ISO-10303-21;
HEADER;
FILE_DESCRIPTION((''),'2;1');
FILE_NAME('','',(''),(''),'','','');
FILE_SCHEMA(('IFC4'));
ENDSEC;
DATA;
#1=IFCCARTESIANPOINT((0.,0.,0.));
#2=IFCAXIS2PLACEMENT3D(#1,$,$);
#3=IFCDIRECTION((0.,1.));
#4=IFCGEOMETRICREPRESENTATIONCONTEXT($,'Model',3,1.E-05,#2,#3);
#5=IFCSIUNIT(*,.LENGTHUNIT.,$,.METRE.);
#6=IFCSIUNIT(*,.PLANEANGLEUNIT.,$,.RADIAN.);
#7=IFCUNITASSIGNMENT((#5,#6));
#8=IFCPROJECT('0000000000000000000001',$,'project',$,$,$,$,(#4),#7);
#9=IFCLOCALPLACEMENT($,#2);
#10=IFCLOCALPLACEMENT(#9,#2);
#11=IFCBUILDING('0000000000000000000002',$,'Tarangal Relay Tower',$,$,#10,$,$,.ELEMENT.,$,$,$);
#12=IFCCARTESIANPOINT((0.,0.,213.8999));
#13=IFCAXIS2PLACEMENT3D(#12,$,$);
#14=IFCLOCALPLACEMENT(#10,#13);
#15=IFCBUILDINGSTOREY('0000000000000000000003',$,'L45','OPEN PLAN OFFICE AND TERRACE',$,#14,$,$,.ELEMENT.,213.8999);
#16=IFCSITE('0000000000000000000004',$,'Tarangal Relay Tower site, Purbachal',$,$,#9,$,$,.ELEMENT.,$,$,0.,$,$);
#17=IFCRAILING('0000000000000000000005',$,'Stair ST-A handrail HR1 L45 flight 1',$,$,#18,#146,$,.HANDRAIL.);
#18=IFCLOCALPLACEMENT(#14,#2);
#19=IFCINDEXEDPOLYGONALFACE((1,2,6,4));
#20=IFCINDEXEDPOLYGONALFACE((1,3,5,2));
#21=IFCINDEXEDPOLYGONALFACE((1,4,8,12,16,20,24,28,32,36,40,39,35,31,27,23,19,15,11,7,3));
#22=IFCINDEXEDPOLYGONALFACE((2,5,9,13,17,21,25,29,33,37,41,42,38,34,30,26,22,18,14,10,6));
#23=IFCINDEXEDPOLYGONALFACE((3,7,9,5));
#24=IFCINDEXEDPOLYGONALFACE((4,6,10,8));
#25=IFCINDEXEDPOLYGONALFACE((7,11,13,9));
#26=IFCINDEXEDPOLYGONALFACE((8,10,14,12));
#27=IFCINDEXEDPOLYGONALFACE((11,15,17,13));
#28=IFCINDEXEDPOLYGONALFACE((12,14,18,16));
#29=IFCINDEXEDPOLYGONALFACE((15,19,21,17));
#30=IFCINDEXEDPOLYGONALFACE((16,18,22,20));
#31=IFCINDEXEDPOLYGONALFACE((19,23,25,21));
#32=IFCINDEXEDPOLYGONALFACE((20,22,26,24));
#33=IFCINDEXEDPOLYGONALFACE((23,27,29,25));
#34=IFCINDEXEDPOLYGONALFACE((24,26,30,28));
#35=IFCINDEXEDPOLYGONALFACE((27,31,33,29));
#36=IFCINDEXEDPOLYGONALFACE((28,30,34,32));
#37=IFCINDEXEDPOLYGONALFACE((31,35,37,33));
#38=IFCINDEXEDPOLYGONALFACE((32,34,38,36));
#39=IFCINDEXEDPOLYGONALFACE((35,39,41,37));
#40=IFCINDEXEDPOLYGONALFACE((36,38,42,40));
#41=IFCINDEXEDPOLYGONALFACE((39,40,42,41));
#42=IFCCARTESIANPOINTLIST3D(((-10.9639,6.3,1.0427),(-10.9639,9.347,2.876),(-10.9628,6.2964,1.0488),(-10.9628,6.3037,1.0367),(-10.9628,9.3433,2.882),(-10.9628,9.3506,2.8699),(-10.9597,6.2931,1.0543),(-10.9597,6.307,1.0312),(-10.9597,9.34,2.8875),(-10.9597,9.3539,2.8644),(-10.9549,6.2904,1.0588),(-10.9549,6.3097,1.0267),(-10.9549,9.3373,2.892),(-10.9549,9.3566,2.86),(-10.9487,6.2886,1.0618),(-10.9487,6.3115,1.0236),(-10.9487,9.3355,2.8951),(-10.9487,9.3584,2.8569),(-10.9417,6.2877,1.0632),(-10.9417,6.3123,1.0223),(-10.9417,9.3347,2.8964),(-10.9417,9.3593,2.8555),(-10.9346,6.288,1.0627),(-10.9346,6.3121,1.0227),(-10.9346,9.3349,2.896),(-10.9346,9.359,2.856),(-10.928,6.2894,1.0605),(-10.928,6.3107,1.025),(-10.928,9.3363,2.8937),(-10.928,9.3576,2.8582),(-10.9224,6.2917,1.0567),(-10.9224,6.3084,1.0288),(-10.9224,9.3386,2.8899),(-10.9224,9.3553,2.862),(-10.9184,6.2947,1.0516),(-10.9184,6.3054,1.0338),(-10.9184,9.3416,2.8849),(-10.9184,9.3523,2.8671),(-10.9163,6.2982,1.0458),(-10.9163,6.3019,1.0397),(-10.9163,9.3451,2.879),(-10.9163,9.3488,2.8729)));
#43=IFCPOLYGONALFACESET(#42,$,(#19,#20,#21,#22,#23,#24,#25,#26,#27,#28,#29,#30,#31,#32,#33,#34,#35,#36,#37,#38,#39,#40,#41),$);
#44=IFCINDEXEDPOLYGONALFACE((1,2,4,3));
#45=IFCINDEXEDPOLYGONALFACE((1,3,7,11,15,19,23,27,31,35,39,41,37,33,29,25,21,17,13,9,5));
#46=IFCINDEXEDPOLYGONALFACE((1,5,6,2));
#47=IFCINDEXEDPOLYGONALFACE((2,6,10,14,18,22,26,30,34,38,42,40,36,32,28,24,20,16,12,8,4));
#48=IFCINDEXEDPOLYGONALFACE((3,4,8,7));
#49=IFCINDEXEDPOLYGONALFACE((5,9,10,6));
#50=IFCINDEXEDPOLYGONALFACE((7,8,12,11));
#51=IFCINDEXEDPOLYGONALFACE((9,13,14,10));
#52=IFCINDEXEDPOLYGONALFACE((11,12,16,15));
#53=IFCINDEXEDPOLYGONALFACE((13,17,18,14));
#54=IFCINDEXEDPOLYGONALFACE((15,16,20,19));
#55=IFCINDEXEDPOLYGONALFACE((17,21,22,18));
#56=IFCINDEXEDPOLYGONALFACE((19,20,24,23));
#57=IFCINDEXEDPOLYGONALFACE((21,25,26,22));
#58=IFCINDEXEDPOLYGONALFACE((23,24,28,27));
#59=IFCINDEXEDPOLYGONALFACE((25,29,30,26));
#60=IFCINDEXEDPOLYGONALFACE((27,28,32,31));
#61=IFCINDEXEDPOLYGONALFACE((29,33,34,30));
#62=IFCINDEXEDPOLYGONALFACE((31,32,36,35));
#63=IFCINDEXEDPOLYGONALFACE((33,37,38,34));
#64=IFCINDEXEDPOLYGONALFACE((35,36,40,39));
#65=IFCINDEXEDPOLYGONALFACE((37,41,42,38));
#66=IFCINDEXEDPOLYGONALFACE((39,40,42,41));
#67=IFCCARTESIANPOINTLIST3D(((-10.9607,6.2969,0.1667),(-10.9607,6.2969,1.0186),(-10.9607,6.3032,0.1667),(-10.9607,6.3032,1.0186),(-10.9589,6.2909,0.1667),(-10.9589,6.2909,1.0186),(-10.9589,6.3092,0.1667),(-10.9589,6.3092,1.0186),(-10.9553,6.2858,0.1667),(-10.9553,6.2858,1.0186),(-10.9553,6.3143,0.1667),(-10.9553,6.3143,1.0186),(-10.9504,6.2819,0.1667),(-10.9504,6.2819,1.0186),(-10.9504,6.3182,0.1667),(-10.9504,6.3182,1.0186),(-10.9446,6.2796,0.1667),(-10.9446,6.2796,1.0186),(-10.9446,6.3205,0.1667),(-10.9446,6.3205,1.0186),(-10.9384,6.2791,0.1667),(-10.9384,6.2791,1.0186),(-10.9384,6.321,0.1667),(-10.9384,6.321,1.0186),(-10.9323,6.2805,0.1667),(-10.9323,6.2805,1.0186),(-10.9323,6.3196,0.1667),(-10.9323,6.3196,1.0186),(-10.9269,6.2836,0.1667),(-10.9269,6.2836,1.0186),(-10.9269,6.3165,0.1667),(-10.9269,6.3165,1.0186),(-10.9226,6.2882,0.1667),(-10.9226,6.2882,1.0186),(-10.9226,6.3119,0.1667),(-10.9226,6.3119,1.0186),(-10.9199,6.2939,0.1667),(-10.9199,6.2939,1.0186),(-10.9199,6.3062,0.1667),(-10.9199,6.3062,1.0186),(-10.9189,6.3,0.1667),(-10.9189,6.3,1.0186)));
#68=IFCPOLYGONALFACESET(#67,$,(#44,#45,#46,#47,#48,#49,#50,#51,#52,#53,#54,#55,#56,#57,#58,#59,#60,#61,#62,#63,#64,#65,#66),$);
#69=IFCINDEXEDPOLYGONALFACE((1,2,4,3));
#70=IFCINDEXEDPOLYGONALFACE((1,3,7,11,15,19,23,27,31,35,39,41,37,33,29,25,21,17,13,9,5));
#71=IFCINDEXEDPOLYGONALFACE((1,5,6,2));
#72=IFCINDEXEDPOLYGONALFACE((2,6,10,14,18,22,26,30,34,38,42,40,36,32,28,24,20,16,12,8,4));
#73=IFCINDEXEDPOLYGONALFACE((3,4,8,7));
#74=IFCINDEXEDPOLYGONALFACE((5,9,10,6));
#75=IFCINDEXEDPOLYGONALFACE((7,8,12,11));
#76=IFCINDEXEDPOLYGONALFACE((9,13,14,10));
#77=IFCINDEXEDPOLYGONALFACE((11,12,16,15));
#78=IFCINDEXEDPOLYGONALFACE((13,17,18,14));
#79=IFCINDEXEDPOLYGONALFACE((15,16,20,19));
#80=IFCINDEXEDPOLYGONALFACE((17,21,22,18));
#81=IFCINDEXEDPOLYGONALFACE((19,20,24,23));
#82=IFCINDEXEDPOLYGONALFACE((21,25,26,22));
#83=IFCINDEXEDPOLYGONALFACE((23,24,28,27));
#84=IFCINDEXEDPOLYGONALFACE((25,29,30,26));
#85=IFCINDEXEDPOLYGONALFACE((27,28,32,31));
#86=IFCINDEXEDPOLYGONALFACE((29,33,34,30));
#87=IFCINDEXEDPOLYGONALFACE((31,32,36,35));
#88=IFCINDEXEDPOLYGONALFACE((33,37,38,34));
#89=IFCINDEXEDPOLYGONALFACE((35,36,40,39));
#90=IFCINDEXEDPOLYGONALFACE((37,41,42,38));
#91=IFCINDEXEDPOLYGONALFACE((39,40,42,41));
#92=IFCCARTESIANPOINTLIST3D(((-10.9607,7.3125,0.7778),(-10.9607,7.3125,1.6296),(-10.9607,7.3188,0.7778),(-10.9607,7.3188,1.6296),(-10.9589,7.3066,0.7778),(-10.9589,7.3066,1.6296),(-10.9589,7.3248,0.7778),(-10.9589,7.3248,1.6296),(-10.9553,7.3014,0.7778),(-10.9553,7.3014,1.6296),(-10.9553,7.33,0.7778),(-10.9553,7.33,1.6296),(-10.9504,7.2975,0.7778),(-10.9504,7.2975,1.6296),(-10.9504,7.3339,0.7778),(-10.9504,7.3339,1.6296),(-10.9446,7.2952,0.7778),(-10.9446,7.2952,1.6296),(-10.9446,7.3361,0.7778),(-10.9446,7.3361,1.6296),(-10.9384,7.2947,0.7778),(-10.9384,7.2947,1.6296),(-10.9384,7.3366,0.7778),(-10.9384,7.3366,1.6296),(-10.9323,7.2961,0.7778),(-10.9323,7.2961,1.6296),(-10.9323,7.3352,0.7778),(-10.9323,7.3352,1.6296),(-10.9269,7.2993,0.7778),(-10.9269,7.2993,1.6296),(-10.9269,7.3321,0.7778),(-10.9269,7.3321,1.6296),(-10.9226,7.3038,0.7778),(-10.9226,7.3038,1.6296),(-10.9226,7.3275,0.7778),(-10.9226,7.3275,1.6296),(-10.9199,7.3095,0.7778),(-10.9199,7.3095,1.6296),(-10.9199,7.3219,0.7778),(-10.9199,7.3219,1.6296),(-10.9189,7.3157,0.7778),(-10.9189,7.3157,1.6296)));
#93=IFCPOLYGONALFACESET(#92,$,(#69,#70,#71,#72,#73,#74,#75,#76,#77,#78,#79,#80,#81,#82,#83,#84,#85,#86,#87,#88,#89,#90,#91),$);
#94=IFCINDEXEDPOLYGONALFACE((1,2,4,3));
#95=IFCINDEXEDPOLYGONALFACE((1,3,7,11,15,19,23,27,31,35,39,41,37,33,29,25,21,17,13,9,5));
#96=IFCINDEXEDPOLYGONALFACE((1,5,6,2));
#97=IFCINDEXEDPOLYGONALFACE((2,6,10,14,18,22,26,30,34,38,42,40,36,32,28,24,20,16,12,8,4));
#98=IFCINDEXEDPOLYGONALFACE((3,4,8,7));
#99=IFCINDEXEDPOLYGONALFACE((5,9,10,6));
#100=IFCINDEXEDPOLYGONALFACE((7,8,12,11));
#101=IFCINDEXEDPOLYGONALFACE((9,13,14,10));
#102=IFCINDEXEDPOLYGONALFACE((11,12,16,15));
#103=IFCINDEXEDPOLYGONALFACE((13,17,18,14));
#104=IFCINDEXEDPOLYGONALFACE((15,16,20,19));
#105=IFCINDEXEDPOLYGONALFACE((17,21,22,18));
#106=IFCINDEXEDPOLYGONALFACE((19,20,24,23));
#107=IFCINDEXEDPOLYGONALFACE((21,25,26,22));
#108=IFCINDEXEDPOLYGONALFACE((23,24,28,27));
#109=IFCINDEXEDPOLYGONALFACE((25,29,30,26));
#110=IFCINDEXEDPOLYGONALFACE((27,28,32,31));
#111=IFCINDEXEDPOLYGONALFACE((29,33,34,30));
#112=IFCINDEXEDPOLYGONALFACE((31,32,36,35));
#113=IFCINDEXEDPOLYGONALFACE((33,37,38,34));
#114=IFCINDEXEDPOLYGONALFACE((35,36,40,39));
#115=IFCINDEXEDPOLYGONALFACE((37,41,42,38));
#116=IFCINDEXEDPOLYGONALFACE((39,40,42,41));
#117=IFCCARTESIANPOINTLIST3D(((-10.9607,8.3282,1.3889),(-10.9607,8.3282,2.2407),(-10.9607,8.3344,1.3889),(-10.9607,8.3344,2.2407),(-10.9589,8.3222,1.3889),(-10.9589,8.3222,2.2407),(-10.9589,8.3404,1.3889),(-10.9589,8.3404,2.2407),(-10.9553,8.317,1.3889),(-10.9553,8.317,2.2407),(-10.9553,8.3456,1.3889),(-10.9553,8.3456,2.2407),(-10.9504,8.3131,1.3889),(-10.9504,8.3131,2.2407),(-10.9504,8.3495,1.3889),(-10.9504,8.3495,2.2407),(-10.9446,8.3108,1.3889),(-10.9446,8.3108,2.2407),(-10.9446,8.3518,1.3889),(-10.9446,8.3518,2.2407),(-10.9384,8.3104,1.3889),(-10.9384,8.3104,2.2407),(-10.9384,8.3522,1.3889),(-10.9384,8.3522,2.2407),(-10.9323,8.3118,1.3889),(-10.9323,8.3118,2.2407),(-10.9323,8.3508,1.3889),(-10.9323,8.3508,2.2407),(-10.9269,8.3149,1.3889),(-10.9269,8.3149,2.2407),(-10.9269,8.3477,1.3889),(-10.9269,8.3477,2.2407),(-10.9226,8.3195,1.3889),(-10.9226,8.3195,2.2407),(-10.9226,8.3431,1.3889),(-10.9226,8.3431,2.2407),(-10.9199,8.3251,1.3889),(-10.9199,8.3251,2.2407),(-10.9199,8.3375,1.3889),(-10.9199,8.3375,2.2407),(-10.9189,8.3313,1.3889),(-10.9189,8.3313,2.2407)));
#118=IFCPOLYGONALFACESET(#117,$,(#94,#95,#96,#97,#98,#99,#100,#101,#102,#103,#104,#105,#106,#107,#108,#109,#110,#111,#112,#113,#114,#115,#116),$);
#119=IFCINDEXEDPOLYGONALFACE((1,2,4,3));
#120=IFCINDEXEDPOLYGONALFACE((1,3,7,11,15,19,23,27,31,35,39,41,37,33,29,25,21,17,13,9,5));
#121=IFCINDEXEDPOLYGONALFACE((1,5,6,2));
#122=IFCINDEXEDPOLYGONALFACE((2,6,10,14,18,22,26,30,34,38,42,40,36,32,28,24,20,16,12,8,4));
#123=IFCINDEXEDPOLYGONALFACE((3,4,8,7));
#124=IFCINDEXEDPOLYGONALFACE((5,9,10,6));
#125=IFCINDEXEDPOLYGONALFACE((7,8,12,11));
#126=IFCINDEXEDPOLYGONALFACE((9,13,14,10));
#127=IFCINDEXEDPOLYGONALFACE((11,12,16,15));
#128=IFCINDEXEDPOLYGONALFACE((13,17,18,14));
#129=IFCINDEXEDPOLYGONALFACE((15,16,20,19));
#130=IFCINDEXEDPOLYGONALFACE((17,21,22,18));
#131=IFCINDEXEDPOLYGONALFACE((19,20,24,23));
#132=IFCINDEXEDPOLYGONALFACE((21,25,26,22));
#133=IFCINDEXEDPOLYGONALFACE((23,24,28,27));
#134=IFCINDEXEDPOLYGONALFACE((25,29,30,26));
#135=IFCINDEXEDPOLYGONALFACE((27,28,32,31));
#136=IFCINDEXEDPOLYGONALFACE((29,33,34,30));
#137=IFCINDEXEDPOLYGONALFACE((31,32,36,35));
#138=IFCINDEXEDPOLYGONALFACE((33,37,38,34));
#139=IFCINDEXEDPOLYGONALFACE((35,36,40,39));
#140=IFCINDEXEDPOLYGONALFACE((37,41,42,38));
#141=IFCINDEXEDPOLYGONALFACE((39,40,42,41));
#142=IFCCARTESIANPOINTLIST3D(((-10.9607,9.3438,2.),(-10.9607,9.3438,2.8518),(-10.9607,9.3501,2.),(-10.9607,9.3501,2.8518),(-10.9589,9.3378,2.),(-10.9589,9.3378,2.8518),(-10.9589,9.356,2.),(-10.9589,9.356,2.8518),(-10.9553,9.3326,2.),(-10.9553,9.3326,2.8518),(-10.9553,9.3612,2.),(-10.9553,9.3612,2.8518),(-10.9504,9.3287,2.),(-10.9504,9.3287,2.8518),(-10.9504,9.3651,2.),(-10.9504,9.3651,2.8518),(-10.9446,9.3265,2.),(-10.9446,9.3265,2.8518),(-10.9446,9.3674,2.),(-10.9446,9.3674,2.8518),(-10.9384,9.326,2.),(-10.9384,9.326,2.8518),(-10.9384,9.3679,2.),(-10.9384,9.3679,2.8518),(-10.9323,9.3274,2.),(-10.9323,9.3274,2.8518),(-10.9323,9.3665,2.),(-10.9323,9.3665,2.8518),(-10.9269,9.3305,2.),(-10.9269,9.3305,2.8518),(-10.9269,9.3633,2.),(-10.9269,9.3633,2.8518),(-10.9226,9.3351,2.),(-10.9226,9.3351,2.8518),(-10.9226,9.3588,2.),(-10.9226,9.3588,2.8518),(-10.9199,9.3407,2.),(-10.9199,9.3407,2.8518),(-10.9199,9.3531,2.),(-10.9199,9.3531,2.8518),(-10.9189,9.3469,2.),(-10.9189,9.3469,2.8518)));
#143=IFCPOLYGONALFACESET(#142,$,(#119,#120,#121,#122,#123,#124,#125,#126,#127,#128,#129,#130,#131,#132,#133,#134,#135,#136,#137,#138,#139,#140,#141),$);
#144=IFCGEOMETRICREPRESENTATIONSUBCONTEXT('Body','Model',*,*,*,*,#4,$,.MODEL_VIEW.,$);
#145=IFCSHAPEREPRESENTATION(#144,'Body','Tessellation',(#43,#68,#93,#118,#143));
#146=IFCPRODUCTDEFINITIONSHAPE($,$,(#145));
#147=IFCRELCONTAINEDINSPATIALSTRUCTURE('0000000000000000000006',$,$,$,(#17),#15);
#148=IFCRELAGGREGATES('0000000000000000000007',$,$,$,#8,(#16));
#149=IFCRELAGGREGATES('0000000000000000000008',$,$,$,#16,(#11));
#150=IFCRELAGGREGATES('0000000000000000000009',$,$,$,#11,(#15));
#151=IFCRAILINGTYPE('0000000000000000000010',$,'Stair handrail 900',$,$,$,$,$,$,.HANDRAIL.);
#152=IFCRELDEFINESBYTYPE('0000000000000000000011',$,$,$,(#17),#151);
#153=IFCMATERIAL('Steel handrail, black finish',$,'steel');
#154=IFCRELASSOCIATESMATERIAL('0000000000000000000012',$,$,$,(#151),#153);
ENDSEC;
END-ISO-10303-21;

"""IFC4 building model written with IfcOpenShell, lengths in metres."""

from ifc_helpers import new_model, si_unit, direction, frame, origin, origin_2d, place, context, subcontext, project, spatial, circle, extrude, material, type_object, element, save


model = new_model("IFC4")

# Units and contexts
model_context = context("Model", 3, precision=1e-05, world=origin(), true_north=direction((0.0, 1.0)))
body_context = subcontext(model_context, "Body", "Model", "MODEL_VIEW")
ifc_project = project(units=[si_unit("LENGTHUNIT", "METRE"), si_unit("PLANEANGLEUNIT", "RADIAN")], contexts=[model_context])

# Site, building, storey
site_placement = place(None, origin())
site = spatial("IfcSite", under=ifc_project, at=site_placement, Name="Tarangal Relay Tower site, Purbachal", CompositionType="ELEMENT", RefElevation=0.0)
building_placement = place(site_placement, origin())
building = spatial("IfcBuilding", under=site, at=building_placement, Name="Tarangal Relay Tower", CompositionType="ELEMENT")
storey_placement = place(building_placement, frame((0.0, 0.0, 213.8999)))
storey = spatial("IfcBuildingStorey", under=building, at=storey_placement, Name="L45", Description="OPEN PLAN OFFICE AND TERRACE", CompositionType="ELEMENT", Elevation=213.8999)

# Railing
ifc_material_1 = material(Name="Steel handrail, black finish", Category="steel")
railing_type_1 = type_object("IfcRailingType", Name="Stair handrail 900", PredefinedType="HANDRAIL", material=ifc_material_1)
railing_1_placement = place(storey_placement, frame((-10.9399, 6.3, 0.1667)))
element("IfcRailing", 1, at=railing_1_placement, inside=storey, type_object=railing_type_1, Name="Stair ST-A handrail HR1 L45 flight 1", PredefinedType="HANDRAIL", context=body_context, shape_type="SweptSolid", body=[
    extrude(circle(Radius=0.0239, at=origin_2d()), frame((0.0, 0.0, 0.876), z_axis=(0.0, 0.856856, 0.515556), x_axis=(-1.0, 0.0, 0.0)), (0.0, 0.0, 1.0), 3.5559),
    extrude(circle(Radius=0.021, at=origin_2d()), origin(), (0.0, 0.0, 1.0), 0.8518),
    extrude(circle(Radius=0.021, at=origin_2d()), frame((0.0, 1.0156, 0.6111)), (0.0, 0.0, 1.0), 0.8518),
    extrude(circle(Radius=0.021, at=origin_2d()), frame((0.0, 2.0312, 1.2222)), (0.0, 0.0, 1.0), 0.8518),
    extrude(circle(Radius=0.021, at=origin_2d()), frame((0.0, 3.0469, 1.8333)), (0.0, 0.0, 1.0), 0.8518),
])

save(model, "model.ifc")
